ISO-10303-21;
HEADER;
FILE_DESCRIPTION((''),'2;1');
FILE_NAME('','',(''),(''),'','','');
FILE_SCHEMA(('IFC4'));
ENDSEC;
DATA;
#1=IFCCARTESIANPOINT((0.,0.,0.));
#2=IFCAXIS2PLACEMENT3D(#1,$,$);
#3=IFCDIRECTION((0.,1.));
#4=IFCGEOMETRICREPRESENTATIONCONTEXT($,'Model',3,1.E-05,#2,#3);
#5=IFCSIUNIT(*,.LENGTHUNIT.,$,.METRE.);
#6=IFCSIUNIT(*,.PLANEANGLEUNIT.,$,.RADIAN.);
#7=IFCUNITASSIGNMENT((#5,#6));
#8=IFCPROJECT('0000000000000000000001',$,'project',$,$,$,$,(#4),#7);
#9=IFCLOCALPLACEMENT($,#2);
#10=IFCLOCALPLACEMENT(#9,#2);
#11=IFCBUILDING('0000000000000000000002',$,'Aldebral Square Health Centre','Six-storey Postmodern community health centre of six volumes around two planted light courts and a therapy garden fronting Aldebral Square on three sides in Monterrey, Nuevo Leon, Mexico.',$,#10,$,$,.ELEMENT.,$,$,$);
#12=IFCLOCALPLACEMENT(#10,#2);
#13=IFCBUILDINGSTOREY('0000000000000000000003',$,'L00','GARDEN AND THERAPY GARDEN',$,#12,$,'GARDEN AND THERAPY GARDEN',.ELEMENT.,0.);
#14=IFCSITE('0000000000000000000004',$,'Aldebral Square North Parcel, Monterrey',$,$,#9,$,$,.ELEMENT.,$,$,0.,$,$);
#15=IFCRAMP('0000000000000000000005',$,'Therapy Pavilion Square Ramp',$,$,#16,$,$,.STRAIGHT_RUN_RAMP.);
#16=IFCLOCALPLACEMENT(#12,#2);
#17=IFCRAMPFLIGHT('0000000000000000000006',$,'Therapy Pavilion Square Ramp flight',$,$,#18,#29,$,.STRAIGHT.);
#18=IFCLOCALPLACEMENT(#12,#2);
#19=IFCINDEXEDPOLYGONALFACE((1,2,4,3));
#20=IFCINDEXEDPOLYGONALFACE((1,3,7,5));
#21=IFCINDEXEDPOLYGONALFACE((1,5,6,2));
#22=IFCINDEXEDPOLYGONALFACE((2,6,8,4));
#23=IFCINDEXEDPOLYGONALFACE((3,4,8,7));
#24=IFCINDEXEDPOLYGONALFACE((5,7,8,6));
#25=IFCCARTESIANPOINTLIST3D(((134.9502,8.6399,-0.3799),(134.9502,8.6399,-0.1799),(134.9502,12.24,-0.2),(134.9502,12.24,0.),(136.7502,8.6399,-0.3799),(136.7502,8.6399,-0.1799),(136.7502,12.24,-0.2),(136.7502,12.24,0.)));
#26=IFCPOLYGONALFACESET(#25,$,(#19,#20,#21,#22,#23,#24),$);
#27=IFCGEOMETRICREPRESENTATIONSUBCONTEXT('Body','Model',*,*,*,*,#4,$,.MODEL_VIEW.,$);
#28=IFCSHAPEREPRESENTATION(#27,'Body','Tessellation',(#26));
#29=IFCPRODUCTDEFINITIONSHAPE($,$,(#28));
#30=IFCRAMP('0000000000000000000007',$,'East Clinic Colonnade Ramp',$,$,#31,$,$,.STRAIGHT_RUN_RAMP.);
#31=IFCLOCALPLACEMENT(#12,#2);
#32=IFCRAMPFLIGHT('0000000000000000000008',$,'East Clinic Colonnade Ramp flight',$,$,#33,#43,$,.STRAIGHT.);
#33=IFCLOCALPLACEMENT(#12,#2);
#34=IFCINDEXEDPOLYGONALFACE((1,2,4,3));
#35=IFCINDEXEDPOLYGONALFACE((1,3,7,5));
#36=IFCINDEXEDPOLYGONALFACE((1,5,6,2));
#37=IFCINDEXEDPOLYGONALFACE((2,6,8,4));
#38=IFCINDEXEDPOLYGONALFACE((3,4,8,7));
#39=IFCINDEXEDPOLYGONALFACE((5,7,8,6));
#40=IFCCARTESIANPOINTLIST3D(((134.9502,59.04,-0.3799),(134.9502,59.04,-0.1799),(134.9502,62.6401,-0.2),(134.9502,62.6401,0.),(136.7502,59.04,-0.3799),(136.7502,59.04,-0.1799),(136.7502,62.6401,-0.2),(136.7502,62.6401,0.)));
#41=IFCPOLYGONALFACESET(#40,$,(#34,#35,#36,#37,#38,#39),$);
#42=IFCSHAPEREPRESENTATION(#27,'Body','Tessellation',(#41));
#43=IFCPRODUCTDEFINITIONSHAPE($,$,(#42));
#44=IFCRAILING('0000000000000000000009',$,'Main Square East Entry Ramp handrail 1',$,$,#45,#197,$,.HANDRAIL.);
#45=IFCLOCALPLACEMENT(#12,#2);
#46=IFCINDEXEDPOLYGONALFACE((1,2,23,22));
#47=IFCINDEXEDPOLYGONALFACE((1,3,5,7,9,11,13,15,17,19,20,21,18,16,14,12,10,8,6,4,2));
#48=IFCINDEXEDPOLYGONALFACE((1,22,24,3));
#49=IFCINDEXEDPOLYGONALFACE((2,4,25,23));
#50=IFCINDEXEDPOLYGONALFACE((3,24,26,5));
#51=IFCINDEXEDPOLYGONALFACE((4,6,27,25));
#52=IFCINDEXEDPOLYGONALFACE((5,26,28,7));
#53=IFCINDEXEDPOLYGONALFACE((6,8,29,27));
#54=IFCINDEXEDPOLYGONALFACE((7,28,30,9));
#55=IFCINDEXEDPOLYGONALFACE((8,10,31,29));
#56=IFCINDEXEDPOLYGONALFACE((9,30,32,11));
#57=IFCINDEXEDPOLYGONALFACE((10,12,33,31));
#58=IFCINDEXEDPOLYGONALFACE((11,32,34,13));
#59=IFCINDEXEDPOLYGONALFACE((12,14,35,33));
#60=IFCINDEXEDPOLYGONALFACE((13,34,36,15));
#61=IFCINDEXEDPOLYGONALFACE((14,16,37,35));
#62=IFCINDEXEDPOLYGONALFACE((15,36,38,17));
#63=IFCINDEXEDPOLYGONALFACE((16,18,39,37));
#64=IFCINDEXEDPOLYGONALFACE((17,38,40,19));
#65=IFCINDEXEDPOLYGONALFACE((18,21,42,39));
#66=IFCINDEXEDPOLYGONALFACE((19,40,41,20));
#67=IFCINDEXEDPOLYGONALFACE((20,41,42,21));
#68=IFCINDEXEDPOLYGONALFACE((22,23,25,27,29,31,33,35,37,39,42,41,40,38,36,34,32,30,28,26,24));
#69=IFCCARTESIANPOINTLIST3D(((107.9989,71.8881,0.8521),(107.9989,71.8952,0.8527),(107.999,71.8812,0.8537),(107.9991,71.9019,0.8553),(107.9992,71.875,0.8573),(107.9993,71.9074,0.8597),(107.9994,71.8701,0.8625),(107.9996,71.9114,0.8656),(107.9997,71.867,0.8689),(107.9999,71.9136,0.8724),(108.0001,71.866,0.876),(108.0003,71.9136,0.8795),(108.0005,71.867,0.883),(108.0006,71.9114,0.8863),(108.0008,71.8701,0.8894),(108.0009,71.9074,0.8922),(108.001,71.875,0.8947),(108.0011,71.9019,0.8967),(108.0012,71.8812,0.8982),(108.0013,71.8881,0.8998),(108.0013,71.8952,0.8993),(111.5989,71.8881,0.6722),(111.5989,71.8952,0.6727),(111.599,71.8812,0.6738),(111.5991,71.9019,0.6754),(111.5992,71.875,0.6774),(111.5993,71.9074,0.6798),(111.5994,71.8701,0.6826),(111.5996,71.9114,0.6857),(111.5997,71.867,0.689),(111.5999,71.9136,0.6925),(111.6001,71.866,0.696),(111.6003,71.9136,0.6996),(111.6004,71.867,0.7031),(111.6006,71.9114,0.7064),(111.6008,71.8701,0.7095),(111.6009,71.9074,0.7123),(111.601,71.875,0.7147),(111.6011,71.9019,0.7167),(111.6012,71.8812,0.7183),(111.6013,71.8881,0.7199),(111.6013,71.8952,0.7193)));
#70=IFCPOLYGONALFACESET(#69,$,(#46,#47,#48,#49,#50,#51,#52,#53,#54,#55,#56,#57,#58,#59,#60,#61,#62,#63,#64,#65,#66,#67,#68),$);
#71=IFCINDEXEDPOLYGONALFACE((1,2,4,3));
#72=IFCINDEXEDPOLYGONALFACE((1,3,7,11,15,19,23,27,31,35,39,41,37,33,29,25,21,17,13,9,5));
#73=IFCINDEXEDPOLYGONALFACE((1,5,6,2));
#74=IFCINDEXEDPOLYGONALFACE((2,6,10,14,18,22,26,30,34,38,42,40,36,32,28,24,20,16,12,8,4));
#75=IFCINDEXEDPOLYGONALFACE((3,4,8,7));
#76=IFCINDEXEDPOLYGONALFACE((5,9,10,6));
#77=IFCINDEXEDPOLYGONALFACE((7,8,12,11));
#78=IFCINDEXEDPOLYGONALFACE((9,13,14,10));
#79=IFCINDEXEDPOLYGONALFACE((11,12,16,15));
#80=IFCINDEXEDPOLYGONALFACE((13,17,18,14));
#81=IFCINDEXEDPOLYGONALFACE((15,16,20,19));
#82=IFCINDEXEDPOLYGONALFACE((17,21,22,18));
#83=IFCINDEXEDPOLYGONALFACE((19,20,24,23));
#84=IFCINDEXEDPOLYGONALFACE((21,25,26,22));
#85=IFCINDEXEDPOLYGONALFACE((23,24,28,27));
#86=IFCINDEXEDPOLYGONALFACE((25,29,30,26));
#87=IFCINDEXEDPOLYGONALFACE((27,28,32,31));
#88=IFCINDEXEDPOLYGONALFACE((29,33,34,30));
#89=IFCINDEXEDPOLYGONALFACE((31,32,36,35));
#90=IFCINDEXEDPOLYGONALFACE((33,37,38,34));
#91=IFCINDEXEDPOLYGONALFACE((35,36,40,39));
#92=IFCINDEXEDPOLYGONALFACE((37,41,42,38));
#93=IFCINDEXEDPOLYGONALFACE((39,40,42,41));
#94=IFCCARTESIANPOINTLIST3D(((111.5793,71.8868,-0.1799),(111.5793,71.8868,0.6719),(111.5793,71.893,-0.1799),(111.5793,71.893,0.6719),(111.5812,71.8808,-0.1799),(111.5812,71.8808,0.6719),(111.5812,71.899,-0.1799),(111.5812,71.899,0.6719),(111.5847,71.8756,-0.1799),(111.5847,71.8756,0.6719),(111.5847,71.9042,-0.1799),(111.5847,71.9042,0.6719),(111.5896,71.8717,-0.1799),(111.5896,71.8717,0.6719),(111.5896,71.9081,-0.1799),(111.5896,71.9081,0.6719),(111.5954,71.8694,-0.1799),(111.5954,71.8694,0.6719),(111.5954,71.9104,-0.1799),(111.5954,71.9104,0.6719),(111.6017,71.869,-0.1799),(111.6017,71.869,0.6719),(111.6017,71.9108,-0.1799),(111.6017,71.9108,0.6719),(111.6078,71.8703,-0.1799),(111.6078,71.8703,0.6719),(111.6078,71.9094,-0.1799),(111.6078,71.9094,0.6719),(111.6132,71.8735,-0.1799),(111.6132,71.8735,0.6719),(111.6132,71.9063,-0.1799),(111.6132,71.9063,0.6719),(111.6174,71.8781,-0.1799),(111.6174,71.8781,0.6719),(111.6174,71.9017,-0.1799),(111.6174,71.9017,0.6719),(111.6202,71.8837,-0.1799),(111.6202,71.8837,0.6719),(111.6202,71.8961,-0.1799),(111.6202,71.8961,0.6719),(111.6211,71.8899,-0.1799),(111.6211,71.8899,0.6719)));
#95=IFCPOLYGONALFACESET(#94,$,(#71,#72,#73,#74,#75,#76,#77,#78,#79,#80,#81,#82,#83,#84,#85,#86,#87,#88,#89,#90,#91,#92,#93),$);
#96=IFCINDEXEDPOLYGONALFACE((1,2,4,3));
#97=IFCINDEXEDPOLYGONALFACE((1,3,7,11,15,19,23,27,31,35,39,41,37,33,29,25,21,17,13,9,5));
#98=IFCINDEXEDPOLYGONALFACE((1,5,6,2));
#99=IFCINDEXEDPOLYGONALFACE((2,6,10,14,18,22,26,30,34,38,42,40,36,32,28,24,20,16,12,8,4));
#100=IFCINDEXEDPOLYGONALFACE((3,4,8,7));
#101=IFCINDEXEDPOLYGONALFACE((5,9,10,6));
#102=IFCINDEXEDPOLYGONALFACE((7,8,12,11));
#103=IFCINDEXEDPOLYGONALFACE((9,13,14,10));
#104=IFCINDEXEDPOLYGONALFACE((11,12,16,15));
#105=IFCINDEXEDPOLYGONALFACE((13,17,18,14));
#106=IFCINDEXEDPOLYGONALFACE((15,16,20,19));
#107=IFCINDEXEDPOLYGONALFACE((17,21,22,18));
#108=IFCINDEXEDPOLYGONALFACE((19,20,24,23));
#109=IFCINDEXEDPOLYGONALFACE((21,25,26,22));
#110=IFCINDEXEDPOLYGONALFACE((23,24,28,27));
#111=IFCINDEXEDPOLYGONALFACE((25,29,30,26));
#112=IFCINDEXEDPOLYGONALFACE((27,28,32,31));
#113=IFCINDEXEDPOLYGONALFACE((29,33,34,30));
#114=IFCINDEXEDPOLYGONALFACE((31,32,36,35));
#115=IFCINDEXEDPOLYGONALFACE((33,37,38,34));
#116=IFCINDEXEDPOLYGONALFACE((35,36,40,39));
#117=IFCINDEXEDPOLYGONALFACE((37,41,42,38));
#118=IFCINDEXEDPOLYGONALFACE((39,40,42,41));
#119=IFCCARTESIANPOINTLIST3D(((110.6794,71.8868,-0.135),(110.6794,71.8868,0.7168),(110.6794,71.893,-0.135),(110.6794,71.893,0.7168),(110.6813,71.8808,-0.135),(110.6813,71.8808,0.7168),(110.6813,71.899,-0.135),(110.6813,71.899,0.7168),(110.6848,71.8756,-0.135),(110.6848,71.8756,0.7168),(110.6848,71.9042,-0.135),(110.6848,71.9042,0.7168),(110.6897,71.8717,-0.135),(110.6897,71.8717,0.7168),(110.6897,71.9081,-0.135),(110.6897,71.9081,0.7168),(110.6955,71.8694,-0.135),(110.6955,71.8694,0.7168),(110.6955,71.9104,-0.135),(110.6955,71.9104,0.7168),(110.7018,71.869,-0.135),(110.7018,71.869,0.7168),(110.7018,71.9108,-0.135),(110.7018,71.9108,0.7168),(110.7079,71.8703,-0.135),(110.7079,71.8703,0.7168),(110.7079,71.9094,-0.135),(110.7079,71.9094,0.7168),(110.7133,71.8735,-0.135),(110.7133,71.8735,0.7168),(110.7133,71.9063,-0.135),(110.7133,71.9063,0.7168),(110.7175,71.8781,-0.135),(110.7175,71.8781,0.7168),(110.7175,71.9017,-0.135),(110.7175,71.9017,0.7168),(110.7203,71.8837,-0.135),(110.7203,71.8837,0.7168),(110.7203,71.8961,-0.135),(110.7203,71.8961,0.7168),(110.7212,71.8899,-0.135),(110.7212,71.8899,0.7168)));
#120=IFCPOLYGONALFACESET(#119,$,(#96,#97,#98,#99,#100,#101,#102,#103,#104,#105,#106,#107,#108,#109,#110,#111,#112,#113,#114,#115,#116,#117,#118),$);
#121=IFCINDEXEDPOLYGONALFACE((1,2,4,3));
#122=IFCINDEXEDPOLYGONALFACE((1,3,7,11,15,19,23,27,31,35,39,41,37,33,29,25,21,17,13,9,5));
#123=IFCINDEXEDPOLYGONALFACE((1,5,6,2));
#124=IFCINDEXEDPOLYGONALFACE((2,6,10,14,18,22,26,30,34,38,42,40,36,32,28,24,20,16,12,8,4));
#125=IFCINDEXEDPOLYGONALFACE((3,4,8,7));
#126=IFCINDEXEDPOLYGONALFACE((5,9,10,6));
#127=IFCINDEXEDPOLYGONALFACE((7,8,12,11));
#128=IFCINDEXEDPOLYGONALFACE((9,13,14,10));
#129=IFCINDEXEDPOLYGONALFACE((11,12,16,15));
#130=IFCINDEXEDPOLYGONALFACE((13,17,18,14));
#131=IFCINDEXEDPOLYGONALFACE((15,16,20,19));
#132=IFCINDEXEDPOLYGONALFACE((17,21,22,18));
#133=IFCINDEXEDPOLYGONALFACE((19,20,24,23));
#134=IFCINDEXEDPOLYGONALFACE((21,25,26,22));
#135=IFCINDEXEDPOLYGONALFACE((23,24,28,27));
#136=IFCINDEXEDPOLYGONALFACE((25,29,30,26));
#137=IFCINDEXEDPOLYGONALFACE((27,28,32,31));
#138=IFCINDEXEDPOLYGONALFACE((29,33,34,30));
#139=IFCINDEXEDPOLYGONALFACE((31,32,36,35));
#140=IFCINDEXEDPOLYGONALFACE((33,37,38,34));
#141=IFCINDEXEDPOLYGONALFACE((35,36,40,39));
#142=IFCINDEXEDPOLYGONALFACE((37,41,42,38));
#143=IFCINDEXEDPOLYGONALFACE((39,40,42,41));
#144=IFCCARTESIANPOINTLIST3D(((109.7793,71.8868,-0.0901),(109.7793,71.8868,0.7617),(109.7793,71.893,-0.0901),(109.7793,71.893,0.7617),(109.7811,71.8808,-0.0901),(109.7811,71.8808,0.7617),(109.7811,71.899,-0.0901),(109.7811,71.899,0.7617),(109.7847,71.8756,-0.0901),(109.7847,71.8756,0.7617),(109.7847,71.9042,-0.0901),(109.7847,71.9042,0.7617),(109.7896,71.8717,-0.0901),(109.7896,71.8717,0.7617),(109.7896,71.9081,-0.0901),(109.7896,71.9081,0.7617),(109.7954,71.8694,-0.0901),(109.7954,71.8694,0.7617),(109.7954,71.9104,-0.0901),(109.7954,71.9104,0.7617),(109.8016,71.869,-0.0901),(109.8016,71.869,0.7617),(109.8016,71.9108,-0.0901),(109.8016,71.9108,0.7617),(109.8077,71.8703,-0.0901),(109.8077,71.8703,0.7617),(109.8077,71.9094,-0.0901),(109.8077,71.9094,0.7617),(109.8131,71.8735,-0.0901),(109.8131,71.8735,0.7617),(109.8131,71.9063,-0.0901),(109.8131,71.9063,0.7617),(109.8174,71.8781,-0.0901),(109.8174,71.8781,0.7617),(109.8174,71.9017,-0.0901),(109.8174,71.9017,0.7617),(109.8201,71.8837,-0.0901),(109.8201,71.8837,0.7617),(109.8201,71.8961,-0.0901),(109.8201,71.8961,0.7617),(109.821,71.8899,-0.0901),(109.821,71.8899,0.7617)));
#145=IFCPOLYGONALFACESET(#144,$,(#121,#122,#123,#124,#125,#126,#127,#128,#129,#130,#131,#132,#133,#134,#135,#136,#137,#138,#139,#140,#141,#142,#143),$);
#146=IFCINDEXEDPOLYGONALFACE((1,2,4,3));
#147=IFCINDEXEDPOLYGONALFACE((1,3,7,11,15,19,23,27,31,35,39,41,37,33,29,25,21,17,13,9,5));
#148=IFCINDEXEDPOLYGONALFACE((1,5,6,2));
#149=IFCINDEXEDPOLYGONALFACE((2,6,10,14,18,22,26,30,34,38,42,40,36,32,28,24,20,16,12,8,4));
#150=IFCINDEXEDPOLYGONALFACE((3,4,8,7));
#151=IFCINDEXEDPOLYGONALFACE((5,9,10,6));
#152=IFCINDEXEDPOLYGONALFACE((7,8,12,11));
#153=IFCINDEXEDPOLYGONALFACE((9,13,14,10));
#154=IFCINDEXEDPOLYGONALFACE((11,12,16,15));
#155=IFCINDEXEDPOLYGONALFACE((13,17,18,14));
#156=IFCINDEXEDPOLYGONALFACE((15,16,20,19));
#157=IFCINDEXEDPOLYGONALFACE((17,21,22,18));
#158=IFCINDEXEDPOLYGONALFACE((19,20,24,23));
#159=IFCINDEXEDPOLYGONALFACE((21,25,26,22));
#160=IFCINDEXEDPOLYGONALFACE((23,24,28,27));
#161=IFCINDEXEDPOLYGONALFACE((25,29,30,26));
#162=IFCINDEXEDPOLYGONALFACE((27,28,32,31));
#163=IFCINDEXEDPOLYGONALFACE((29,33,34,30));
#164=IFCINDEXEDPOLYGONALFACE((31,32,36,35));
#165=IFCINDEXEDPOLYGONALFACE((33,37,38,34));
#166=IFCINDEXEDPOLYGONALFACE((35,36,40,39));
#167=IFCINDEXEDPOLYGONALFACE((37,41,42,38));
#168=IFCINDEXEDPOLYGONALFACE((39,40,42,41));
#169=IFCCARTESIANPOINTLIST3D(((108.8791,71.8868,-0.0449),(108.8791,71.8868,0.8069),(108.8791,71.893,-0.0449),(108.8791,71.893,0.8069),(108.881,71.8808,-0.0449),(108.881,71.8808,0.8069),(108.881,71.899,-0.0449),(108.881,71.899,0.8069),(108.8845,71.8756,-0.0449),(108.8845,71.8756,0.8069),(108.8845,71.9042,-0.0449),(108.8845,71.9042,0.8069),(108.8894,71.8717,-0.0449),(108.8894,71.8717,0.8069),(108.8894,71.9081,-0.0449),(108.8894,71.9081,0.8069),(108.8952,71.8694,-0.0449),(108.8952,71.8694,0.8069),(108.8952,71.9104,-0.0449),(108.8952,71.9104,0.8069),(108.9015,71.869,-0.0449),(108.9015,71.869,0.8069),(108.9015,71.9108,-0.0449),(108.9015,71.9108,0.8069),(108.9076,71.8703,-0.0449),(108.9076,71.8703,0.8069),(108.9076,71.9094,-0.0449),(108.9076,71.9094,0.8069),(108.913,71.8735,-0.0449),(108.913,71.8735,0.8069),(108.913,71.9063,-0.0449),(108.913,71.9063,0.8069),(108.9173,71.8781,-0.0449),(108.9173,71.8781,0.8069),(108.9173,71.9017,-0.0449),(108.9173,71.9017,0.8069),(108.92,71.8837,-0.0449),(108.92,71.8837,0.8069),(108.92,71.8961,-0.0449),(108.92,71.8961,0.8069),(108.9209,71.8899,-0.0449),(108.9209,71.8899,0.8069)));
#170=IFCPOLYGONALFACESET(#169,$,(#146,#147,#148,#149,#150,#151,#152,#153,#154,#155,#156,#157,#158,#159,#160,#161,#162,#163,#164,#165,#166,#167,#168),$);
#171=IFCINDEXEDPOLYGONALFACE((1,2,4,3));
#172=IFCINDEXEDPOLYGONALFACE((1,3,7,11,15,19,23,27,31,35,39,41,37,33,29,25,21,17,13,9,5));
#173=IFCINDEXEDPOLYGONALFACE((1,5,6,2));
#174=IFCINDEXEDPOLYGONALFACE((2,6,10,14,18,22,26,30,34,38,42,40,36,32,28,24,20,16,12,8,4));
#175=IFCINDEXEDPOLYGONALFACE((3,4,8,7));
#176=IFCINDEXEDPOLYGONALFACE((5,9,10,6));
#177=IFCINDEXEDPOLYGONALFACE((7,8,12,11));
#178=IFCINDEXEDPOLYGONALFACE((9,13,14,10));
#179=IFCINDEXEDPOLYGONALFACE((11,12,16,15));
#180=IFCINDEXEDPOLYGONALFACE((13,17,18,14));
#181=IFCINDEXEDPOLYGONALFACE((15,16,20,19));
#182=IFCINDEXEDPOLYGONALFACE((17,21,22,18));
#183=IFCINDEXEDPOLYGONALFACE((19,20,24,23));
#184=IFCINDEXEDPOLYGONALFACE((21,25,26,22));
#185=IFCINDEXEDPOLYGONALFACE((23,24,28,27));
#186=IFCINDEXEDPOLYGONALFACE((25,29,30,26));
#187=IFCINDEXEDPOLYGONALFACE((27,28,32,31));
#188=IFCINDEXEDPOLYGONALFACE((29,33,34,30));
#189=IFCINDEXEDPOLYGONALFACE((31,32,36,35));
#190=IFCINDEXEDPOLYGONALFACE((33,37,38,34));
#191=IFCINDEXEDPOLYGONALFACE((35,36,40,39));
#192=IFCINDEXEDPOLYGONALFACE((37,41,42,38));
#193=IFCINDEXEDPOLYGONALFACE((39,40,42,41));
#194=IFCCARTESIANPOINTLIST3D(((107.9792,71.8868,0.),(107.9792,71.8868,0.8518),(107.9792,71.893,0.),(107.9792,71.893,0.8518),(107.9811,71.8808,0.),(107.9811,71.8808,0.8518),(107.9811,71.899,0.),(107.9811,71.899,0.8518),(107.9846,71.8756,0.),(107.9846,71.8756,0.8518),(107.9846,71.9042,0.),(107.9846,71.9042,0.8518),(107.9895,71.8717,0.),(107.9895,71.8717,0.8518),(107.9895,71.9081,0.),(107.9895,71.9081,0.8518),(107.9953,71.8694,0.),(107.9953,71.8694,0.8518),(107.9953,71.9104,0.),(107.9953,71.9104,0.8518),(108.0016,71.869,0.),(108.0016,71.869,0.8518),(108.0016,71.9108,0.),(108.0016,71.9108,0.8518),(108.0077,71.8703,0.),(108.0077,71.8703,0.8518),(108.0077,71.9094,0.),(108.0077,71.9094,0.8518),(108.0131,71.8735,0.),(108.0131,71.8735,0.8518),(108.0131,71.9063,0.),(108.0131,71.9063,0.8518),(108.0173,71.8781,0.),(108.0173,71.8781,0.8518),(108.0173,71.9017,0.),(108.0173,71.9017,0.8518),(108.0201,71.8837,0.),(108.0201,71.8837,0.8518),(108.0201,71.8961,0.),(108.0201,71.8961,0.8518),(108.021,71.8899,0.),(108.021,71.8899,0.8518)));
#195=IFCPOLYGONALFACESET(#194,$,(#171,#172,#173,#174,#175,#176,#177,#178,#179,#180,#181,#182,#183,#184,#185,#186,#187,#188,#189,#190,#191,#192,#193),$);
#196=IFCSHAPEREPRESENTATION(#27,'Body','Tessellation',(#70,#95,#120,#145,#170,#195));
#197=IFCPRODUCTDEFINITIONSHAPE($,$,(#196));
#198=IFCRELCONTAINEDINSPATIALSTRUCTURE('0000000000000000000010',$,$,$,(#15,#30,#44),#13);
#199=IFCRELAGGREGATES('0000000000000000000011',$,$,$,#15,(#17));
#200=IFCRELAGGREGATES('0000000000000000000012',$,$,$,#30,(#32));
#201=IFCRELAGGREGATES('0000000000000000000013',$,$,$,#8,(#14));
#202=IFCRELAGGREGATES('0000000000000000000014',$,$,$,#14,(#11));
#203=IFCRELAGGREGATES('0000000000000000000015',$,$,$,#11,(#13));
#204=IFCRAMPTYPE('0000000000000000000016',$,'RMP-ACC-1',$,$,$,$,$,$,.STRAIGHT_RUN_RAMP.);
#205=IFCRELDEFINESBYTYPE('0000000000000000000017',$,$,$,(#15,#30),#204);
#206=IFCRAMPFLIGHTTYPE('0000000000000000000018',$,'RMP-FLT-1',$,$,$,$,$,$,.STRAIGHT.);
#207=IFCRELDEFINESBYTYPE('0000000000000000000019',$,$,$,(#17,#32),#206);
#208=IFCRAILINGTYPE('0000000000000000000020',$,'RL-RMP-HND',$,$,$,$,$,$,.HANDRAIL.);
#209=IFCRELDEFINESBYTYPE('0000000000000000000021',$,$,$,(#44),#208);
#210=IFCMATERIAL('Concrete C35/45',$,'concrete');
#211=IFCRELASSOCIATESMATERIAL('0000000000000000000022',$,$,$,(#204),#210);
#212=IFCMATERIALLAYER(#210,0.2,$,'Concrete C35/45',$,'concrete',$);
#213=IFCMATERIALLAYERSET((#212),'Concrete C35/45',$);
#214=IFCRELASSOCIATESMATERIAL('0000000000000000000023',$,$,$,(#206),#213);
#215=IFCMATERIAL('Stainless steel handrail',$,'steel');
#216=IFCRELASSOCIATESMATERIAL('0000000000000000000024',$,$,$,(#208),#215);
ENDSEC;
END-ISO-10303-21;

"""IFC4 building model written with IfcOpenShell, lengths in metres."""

from ifc_helpers import new_model, si_unit, direction, frame, origin, origin_2d, place, context, subcontext, project, spatial, polyline, circle, outline, extrude, material, layer, layer_set, type_object, element, aggregate, save


model = new_model("IFC4")

# Units and contexts
model_context = context("Model", 3, precision=1e-05, world=origin(), true_north=direction((0.0, 1.0)))
body_context = subcontext(model_context, "Body", "Model", "MODEL_VIEW")
ifc_project = project(units=[si_unit("LENGTHUNIT", "METRE"), si_unit("PLANEANGLEUNIT", "RADIAN")], contexts=[model_context])

# Site, building, storey
site_placement = place(None, origin())
site = spatial("IfcSite", under=ifc_project, at=site_placement, Name="Aldebral Square North Parcel, Monterrey", CompositionType="ELEMENT", RefElevation=0.0)
building_placement = place(site_placement, origin())
building = spatial("IfcBuilding", under=site, at=building_placement, Name="Aldebral Square Health Centre", Description="Six-storey Postmodern community health centre of six volumes around two planted light courts and a therapy garden fronting Aldebral Square on three sides in Monterrey, Nuevo Leon, Mexico.", CompositionType="ELEMENT")
storey_placement = place(building_placement, origin())
storey = spatial("IfcBuildingStorey", under=building, at=storey_placement, Name="L00", Description="GARDEN AND THERAPY GARDEN", LongName="GARDEN AND THERAPY GARDEN", CompositionType="ELEMENT", Elevation=0.0)

# Shared definitions
ifc_material_1 = material(Name="Concrete C35/45", Category="concrete")

# Ramps, ramp flights
ramp_type = type_object("IfcRampType", Name="RMP-ACC-1", PredefinedType="STRAIGHT_RUN_RAMP", material=ifc_material_1)
ifc_layer_1 = layer(ifc_material_1, 0.2, Name="Concrete C35/45", Category="concrete")
ifc_layer_set_1 = layer_set([ifc_layer_1], Name="Concrete C35/45")
ramp_flight_type = type_object("IfcRampFlightType", Name="RMP-FLT-1", PredefinedType="STRAIGHT", material=ifc_layer_set_1)
ramp_1_placement = place(storey_placement, origin())
ramp_1 = element("IfcRamp", 1, at=ramp_1_placement, inside=storey, type_object=ramp_type, Name="Therapy Pavilion Square Ramp", PredefinedType="STRAIGHT_RUN_RAMP")
ramp_flight_1_placement = place(storey_placement, frame((135.8501, 8.6399, -0.1799), z_axis=(0.0, 0.0, 1.0), x_axis=(0.0, 1.0, 0.0)))
ramp_flight_1 = element("IfcRampFlight", 2, at=ramp_flight_1_placement, type_object=ramp_flight_type, Name="Therapy Pavilion Square Ramp flight", PredefinedType="STRAIGHT", context=body_context, shape_type="SweptSolid", body=[
    extrude(outline(polyline([(0.0, 0.0), (0.0, -0.2), (3.6001, -0.02), (3.6001, 0.1799), (0.0, 0.0)])), frame((0.0, 0.8999, 0.0), z_axis=(0.0, -1.0, 0.0), x_axis=(1.0, 0.0, 0.0)), (0.0, 0.0, 1.0), 1.8),
])
aggregate(ramp_1, [ramp_flight_1])
ramp_2_placement = place(storey_placement, origin())
ramp_2 = element("IfcRamp", 3, at=ramp_2_placement, inside=storey, type_object=ramp_type, Name="East Clinic Colonnade Ramp", PredefinedType="STRAIGHT_RUN_RAMP")
ramp_flight_2_placement = place(storey_placement, frame((135.8501, 59.04, -0.1799), z_axis=(0.0, 0.0, 1.0), x_axis=(0.0, 1.0, 0.0)))
ramp_flight_2 = element("IfcRampFlight", 4, at=ramp_flight_2_placement, type_object=ramp_flight_type, Name="East Clinic Colonnade Ramp flight", PredefinedType="STRAIGHT", context=body_context, shape_type="SweptSolid", body=[
    extrude(outline(polyline([(0.0, 0.0), (0.0, -0.2), (3.6001, -0.02), (3.6001, 0.1799), (0.0, 0.0)])), frame((0.0, 0.8999, 0.0), z_axis=(0.0, -1.0, 0.0), x_axis=(1.0, 0.0, 0.0)), (0.0, 0.0, 1.0), 1.8),
])
aggregate(ramp_2, [ramp_flight_2])

# Railing
ifc_material_2 = material(Name="Stainless steel handrail", Category="steel")
railing_type = type_object("IfcRailingType", Name="RL-RMP-HND", PredefinedType="HANDRAIL", material=ifc_material_2)
for number, where, name in (
    (5, (111.6001, 71.8899, -0.1799), "Main Square East Entry Ramp handrail 1"),
):
    element("IfcRailing", number, at=place(storey_placement, frame(where)), inside=storey, type_object=railing_type, Name=name, PredefinedType="HANDRAIL", context=body_context, shape_type="SweptSolid", body=[
        extrude(circle(Radius=0.0239, at=origin_2d()), frame((0.0, 0.0, 0.876), z_axis=(-0.998753, 0.0, 0.049917), x_axis=(0.0, -1.0, 0.0)), (0.0, 0.0, 1.0), 3.6045),
        extrude(circle(Radius=0.021, at=origin_2d()), origin(), (0.0, 0.0, 1.0), 0.8518),
        extrude(circle(Radius=0.021, at=origin_2d()), frame((-0.8999, 0.0, 0.0449)), (0.0, 0.0, 1.0), 0.8518),
        extrude(circle(Radius=0.021, at=origin_2d()), frame((-1.8, 0.0, 0.0898)), (0.0, 0.0, 1.0), 0.8518),
        extrude(circle(Radius=0.021, at=origin_2d()), frame((-2.7002, 0.0, 0.135)), (0.0, 0.0, 1.0), 0.8518),
        extrude(circle(Radius=0.021, at=origin_2d()), frame((-3.6001, 0.0, 0.1799)), (0.0, 0.0, 1.0), 0.8518),
    ])

save(model, "model.ifc")
